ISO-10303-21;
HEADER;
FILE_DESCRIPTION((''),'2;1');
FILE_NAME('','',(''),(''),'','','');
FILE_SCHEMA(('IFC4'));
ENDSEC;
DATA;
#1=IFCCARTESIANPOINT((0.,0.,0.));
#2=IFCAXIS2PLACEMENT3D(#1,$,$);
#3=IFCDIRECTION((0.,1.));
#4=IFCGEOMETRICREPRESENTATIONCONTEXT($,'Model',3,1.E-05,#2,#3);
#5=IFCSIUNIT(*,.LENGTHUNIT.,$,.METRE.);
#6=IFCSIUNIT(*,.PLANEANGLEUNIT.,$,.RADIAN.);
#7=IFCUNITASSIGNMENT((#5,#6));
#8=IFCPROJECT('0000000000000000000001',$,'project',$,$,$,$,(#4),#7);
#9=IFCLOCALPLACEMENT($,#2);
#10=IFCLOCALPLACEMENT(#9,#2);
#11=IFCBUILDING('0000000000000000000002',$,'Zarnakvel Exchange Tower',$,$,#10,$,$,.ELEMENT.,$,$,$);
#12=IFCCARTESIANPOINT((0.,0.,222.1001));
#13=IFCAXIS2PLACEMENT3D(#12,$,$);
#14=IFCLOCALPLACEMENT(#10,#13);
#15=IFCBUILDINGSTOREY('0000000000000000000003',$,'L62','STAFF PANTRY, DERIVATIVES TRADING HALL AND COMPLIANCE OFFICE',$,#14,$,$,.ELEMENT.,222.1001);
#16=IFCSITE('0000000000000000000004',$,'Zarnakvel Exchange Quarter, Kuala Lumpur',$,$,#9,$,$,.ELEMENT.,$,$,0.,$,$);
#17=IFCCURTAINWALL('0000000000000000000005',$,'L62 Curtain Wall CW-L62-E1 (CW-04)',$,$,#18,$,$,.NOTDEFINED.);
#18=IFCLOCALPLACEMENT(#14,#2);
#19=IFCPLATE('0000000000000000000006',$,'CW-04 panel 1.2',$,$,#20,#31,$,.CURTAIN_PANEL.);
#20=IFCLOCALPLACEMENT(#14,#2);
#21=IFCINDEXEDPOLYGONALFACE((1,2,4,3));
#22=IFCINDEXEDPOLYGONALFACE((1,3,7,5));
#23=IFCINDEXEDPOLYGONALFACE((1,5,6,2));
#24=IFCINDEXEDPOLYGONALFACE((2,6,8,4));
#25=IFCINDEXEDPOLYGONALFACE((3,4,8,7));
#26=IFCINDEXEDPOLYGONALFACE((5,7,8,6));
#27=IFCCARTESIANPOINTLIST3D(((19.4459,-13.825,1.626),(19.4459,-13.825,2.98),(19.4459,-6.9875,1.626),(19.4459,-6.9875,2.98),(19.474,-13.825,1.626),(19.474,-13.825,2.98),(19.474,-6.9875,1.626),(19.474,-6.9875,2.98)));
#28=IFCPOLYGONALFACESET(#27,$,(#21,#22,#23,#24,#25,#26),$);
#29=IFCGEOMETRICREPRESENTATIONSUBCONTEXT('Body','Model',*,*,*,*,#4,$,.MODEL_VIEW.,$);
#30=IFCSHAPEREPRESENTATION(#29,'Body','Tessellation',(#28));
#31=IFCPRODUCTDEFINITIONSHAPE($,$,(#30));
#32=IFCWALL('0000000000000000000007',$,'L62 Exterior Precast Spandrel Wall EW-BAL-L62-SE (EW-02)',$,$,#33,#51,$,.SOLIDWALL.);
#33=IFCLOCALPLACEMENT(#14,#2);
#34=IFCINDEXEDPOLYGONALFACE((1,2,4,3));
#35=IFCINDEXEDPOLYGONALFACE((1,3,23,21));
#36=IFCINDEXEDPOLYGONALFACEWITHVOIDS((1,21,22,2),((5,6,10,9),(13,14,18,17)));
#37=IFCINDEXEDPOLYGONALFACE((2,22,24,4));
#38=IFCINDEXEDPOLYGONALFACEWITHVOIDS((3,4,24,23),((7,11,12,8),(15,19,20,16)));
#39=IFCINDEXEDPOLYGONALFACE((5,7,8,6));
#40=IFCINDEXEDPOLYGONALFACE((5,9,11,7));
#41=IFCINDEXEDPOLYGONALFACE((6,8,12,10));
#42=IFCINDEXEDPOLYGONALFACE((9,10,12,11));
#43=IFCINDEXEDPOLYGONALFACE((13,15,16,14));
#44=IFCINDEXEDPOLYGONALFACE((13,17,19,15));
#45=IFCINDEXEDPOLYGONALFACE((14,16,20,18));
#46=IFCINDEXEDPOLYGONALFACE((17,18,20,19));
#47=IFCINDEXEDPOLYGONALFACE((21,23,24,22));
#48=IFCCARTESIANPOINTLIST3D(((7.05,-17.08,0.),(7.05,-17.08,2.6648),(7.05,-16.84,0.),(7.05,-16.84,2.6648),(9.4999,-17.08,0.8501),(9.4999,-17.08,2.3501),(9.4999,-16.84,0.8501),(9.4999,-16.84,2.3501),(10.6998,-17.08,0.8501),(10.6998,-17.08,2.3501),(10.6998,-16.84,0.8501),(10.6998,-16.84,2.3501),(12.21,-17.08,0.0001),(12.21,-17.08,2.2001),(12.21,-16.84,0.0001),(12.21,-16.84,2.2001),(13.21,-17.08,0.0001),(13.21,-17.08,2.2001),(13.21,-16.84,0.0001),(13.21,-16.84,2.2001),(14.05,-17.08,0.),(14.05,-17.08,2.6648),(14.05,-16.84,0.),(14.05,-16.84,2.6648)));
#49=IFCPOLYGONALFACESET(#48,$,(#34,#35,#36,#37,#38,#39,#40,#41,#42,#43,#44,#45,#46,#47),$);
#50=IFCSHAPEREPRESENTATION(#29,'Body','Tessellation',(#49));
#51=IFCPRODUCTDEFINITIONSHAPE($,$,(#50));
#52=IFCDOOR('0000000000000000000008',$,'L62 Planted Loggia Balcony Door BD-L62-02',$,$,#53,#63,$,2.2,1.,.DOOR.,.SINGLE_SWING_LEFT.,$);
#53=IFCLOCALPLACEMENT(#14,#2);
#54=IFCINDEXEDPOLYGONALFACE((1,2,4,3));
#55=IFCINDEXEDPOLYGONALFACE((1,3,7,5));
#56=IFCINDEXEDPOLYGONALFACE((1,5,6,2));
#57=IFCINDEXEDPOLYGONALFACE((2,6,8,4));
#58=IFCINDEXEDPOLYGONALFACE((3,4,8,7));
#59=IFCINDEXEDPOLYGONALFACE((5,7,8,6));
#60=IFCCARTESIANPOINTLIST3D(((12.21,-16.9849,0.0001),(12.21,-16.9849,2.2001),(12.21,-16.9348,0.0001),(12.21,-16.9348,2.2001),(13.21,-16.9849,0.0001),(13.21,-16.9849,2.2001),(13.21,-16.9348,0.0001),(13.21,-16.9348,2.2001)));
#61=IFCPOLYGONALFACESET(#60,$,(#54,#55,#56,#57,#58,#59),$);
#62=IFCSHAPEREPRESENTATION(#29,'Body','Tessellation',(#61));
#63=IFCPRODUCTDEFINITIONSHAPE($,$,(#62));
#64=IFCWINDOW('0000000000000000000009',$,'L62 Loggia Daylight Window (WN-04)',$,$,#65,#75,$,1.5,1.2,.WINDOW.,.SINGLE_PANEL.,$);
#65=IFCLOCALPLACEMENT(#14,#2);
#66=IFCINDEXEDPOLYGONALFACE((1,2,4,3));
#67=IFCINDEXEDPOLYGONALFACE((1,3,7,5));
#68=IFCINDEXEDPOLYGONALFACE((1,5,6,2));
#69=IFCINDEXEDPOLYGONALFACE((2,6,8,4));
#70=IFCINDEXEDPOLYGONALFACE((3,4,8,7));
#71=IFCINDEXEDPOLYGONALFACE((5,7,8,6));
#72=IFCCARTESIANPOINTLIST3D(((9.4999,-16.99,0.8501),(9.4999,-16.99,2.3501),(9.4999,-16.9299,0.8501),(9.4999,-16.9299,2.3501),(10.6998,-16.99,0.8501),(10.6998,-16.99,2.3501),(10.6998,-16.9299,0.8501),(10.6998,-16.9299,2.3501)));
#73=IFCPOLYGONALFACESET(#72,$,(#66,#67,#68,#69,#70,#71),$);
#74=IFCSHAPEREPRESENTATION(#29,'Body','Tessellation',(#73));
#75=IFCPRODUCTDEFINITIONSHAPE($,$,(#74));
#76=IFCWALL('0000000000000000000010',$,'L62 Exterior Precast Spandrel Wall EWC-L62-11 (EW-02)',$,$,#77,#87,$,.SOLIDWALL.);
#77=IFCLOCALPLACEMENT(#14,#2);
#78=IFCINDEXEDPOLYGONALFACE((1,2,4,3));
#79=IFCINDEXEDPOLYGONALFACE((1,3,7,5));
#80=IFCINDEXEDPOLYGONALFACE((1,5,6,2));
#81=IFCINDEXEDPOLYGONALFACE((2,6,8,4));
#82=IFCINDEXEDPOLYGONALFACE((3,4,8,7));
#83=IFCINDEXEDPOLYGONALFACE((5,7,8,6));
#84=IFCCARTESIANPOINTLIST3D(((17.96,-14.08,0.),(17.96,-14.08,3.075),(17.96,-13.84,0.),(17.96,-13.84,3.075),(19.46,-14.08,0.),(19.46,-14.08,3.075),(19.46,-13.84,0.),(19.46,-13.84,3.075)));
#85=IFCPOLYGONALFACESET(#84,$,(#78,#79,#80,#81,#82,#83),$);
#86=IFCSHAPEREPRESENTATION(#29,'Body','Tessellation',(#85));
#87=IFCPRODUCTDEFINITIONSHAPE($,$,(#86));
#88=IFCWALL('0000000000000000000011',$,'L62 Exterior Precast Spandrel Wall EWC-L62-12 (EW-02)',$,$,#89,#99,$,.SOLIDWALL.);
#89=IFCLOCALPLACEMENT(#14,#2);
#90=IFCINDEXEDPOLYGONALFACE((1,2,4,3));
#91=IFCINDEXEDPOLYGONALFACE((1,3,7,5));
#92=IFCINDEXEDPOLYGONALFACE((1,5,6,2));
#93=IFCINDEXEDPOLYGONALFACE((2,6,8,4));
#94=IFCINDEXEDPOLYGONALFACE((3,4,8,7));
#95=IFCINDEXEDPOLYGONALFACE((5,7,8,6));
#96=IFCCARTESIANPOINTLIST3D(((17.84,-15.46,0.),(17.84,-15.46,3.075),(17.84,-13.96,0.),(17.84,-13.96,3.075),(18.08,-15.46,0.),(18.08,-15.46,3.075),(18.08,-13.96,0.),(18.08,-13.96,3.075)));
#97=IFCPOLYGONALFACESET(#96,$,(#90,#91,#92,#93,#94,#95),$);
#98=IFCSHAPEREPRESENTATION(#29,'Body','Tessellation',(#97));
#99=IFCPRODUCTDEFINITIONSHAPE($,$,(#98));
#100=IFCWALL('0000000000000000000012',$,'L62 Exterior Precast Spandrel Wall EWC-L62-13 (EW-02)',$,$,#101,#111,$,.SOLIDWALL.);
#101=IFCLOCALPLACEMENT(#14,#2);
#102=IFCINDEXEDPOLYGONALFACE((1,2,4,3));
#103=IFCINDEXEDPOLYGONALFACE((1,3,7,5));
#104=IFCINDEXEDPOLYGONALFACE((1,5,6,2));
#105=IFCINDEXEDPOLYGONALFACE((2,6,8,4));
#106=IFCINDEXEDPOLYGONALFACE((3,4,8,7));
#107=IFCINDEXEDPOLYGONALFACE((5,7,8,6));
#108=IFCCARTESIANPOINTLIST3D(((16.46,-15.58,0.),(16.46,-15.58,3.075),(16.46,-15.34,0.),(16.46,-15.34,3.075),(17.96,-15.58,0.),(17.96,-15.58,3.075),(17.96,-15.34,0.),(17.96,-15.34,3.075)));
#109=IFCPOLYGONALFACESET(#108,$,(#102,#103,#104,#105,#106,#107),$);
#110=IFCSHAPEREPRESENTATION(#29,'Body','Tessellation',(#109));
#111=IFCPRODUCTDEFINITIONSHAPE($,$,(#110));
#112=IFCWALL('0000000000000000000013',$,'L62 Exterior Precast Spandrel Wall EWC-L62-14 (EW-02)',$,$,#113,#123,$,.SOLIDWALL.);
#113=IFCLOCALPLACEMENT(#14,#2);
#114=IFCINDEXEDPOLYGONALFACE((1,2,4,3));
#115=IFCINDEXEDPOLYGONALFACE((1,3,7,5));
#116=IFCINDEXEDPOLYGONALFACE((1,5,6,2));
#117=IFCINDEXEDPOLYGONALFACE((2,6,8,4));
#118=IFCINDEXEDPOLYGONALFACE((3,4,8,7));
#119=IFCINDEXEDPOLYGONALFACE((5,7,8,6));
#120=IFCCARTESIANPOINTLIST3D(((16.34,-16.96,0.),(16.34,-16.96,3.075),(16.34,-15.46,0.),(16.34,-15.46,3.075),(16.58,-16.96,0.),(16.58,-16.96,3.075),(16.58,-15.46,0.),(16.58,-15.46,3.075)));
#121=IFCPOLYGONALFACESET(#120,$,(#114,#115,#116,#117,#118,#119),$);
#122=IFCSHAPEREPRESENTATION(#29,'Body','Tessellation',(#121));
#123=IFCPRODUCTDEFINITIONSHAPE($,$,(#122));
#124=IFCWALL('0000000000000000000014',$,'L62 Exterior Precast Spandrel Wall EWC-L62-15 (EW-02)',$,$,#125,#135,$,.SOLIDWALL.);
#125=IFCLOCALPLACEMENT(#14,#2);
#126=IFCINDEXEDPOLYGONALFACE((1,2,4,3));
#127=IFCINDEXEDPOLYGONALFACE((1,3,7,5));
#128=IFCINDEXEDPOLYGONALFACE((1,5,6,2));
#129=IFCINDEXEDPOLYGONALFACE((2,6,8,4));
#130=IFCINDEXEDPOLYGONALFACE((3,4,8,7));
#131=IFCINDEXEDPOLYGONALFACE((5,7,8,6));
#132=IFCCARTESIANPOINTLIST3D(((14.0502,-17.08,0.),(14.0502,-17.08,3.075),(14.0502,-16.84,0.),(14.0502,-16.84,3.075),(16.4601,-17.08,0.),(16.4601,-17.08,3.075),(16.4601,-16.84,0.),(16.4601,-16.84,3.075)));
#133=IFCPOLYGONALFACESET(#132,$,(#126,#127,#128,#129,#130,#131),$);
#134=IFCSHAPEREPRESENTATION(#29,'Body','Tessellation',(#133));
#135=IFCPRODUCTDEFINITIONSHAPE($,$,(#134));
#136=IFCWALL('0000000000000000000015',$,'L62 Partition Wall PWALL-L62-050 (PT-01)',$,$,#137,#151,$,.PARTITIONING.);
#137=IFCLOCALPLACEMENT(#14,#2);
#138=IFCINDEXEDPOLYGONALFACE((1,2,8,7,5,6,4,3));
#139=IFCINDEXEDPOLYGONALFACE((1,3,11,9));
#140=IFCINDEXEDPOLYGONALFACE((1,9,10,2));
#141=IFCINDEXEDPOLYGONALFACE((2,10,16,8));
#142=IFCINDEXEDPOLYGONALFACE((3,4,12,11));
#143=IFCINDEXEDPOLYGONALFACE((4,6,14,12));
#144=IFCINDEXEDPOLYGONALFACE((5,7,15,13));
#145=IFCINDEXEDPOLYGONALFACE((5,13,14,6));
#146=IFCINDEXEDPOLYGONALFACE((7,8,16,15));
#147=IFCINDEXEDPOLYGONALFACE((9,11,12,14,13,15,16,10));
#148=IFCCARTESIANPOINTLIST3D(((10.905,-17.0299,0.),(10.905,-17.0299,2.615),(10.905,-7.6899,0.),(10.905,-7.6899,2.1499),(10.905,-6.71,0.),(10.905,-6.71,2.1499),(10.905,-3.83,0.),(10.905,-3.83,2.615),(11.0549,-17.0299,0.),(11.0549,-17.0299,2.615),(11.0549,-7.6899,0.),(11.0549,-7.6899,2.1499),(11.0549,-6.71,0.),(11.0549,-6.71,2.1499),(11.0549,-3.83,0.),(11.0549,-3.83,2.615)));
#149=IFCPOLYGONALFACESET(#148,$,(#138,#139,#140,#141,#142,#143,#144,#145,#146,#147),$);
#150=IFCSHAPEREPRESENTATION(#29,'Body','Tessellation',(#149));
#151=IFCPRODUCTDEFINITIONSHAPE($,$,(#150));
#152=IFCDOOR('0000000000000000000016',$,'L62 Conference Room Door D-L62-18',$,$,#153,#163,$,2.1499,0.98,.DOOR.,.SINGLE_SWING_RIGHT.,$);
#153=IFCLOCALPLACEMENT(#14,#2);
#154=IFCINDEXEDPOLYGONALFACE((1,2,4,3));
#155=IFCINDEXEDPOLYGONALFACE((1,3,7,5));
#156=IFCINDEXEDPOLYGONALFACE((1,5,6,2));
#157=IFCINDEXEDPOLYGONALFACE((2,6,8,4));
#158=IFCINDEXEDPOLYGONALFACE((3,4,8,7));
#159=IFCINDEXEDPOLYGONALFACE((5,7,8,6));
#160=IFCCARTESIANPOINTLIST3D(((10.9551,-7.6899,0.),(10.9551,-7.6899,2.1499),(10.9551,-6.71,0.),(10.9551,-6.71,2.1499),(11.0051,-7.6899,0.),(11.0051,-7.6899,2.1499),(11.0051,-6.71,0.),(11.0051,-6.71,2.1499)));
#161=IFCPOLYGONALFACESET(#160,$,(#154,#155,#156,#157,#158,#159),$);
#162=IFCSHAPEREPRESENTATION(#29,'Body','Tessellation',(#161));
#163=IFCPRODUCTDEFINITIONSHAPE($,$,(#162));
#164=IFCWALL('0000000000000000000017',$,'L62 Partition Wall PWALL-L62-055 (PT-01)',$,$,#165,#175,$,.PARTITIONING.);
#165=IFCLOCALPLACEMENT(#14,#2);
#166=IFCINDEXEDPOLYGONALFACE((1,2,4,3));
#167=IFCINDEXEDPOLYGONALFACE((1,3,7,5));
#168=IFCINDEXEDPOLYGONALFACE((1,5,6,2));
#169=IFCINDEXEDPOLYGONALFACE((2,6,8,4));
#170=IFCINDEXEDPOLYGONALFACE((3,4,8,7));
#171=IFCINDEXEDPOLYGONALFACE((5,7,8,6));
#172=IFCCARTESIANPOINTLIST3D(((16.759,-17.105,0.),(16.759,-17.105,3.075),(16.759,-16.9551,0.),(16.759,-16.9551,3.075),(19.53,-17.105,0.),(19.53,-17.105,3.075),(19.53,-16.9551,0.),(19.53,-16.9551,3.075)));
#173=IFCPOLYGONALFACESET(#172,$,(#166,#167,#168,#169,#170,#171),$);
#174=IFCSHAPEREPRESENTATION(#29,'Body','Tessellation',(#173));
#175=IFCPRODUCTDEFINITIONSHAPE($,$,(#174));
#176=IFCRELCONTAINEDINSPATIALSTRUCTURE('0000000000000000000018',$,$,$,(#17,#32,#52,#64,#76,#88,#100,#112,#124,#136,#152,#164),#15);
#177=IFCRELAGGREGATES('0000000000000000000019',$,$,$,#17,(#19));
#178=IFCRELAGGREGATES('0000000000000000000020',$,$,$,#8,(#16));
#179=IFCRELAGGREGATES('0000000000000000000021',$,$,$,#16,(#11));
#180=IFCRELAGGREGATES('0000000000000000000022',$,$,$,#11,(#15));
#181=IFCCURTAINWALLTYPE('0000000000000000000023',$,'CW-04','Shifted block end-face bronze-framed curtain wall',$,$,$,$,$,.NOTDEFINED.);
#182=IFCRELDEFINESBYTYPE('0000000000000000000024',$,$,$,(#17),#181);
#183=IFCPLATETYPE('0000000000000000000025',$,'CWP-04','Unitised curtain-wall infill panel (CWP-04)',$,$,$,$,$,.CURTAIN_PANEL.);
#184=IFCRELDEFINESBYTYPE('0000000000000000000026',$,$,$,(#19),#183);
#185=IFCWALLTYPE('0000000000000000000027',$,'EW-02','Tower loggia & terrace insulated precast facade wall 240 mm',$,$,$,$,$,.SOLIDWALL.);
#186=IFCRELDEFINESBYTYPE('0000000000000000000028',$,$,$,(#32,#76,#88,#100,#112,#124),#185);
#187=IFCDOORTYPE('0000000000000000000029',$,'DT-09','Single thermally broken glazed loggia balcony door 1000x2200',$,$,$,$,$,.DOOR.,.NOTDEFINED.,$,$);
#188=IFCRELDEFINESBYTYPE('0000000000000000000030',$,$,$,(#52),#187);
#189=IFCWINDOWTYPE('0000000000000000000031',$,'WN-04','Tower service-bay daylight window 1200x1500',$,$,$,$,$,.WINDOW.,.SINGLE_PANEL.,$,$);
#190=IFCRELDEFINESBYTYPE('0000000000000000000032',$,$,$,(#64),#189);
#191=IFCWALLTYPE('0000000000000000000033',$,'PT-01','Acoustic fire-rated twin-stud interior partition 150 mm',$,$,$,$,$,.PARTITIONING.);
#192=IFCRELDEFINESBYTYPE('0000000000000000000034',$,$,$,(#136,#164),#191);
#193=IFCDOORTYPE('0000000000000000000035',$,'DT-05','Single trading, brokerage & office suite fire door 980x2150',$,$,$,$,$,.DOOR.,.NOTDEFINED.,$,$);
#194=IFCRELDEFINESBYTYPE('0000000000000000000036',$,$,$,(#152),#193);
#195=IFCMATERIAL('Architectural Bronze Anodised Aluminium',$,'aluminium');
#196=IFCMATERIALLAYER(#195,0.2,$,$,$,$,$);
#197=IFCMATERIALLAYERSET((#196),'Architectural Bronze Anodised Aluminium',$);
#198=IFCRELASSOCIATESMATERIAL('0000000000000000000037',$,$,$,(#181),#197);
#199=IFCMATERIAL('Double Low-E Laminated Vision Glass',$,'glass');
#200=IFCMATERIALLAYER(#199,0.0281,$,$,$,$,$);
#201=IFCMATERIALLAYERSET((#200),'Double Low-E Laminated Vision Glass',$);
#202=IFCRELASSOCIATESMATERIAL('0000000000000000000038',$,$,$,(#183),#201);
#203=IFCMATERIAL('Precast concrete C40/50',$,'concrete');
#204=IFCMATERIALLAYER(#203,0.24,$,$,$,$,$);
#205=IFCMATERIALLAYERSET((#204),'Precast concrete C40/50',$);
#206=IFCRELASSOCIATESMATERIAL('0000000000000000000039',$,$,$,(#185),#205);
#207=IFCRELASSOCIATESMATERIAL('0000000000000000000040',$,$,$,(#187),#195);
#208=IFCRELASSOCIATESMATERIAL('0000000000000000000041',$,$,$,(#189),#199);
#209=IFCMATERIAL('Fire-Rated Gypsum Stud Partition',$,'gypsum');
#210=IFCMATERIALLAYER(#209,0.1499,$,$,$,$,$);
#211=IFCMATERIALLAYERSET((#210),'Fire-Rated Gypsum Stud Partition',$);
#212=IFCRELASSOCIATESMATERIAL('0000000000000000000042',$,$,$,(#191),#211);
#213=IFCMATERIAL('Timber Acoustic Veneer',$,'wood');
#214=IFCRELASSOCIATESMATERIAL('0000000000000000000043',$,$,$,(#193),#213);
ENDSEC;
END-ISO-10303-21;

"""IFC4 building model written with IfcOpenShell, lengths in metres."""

from ifc_helpers import new_model, si_unit, direction, frame, frame_2d, origin, origin_2d, place, context, subcontext, project, spatial, rectangle, extrude, source, transform, mapped, material, layer, layer_set, type_object, element, fill, aggregate, save


model = new_model("IFC4")

# Units and contexts
model_context = context("Model", 3, precision=1e-05, world=origin(), true_north=direction((0.0, 1.0)))
body_context = subcontext(model_context, "Body", "Model", "MODEL_VIEW")
ifc_project = project(units=[si_unit("LENGTHUNIT", "METRE"), si_unit("PLANEANGLEUNIT", "RADIAN")], contexts=[model_context])

# Site, building, storey
site_placement = place(None, origin())
site = spatial("IfcSite", under=ifc_project, at=site_placement, Name="Zarnakvel Exchange Quarter, Kuala Lumpur", CompositionType="ELEMENT", RefElevation=0.0)
building_placement = place(site_placement, origin())
building = spatial("IfcBuilding", under=site, at=building_placement, Name="Zarnakvel Exchange Tower", CompositionType="ELEMENT")
storey_placement = place(building_placement, frame((0.0, 0.0, 222.1001)))
storey = spatial("IfcBuildingStorey", under=building, at=storey_placement, Name="L62", Description="STAFF PANTRY, DERIVATIVES TRADING HALL AND COMPLIANCE OFFICE", CompositionType="ELEMENT", Elevation=222.1001)

# Curtain wall, plate
ifc_material_1 = material(Name="Architectural Bronze Anodised Aluminium", Category="aluminium")
ifc_layer_1 = layer(ifc_material_1, 0.2)
ifc_layer_set_1 = layer_set([ifc_layer_1], Name="Architectural Bronze Anodised Aluminium")
curtain_wall_type = type_object("IfcCurtainWallType", Name="CW-04", Description="Shifted block end-face bronze-framed curtain wall", PredefinedType="NOTDEFINED", material=ifc_layer_set_1)
curtain_wall_placement = place(storey_placement, origin())
curtain_wall = element("IfcCurtainWall", 1, at=curtain_wall_placement, inside=storey, type_object=curtain_wall_type, Name="L62 Curtain Wall CW-L62-E1 (CW-04)", PredefinedType="NOTDEFINED")
ifc_material_2 = material(Name="Double Low-E Laminated Vision Glass", Category="glass")
ifc_layer_2 = layer(ifc_material_2, 0.0281)
ifc_layer_set_2 = layer_set([ifc_layer_2], Name="Double Low-E Laminated Vision Glass")
plate_type = type_object("IfcPlateType", Name="CWP-04", Description="Unitised curtain-wall infill panel (CWP-04)", PredefinedType="CURTAIN_PANEL", material=ifc_layer_set_2)
shared_shape_1 = source(origin(), body_context, "Body", "SweptSolid", [
    extrude(rectangle(XDim=6.8374, YDim=0.0281, at=origin_2d()), origin(), (0.0, 0.0, 1.0), 1.354),
])
plate_1_placement = place(storey_placement, frame((19.46, -10.4062, 1.626), z_axis=(0.0, 0.0, 1.0), x_axis=(0.0, 1.0, 0.0)))
plate_1 = element("IfcPlate", 2, at=plate_1_placement, type_object=plate_type, Name="CW-04 panel 1.2", PredefinedType="CURTAIN_PANEL", context=body_context, shape_type="MappedRepresentation", body=[
    mapped(shared_shape_1, transform((0.0, 0.0, 0.0), x_axis=(1.0, 0.0, 0.0), y_axis=(0.0, 1.0, 0.0), z_axis=(0.0, 0.0, 1.0), scale=1.0)),
])
aggregate(curtain_wall, [plate_1])

# Wall, openings, door, window
ifc_material_3 = material(Name="Precast concrete C40/50", Category="concrete")
ifc_layer_3 = layer(ifc_material_3, 0.24)
ifc_layer_set_3 = layer_set([ifc_layer_3], Name="Precast concrete C40/50")
wall_type_1 = type_object("IfcWallType", Name="EW-02", Description="Tower loggia & terrace insulated precast facade wall 240 mm", PredefinedType="SOLIDWALL", material=ifc_layer_set_3)
wall_1_placement = place(storey_placement, frame((14.05, -16.96, 0.0), z_axis=(0.0, 0.0, 1.0), x_axis=(-1.0, 0.0, 0.0)))
wall_1 = element("IfcWall", 3, at=wall_1_placement, inside=storey, type_object=wall_type_1, Name="L62 Exterior Precast Spandrel Wall EW-BAL-L62-SE (EW-02)", PredefinedType="SOLIDWALL", context=body_context, shape_type="SweptSolid", body=[
    extrude(rectangle(XDim=7.0, YDim=0.24, at=frame_2d((3.5, 0.0))), origin(), (0.0, 0.0, 1.0), 2.6648),
])
opening_1_placement = place(wall_1_placement, frame((0.8401, 0.0, 0.0)))
opening_1 = element("IfcOpeningElement", 4, at=opening_1_placement, cuts=wall_1, PredefinedType="OPENING", context=body_context, shape_type="SweptSolid", body=[
    extrude(rectangle(XDim=1.0, YDim=2.2, at=frame_2d((0.5, 1.1001))), frame((0.0, 0.1299, 0.0), z_axis=(0.0, -1.0, 0.0), x_axis=(1.0, 0.0, 0.0)), (0.0, 0.0, 1.0), 0.26),
])
opening_2_placement = place(wall_1_placement, frame((3.3501, 0.0, 0.8501)))
opening_2 = element("IfcOpeningElement", 5, at=opening_2_placement, cuts=wall_1, PredefinedType="OPENING", context=body_context, shape_type="SweptSolid", body=[
    extrude(rectangle(XDim=1.2, YDim=1.5, at=frame_2d((0.6001, 0.75))), frame((0.0, 0.1299, 0.0), z_axis=(0.0, -1.0, 0.0), x_axis=(1.0, 0.0, 0.0)), (0.0, 0.0, 1.0), 0.26),
])
door_type_1 = type_object("IfcDoorType", Name="DT-09", Description="Single thermally broken glazed loggia balcony door 1000x2200", OperationType="NOTDEFINED", PredefinedType="DOOR", material=ifc_material_1)
shared_shape_2 = source(origin(), body_context, "Body", "SweptSolid", [
    extrude(rectangle(XDim=1.0, YDim=2.2, at=frame_2d((0.5, 1.1001))), frame((0.0, 0.0249, 0.0), z_axis=(0.0, -1.0, 0.0), x_axis=(1.0, 0.0, 0.0)), (0.0, 0.0, 1.0), 0.05),
])
door_1_placement = place(opening_1_placement, origin())
door_1 = element("IfcDoor", 6, at=door_1_placement, inside=storey, type_object=door_type_1, Name="L62 Planted Loggia Balcony Door BD-L62-02", OperationType="SINGLE_SWING_LEFT", OverallHeight=2.2, OverallWidth=1.0, PredefinedType="DOOR", context=body_context, shape_type="MappedRepresentation", body=[
    mapped(shared_shape_2, transform((0.0, 0.0, 0.0), x_axis=(1.0, 0.0, 0.0), y_axis=(0.0, 1.0, 0.0), z_axis=(0.0, 0.0, 1.0), scale=1.0)),
])
fill(opening_1, door_1)
window_type = type_object("IfcWindowType", Name="WN-04", Description="Tower service-bay daylight window 1200x1500", PartitioningType="SINGLE_PANEL", PredefinedType="WINDOW", material=ifc_material_2)
shared_shape_3 = source(origin(), body_context, "Body", "SweptSolid", [
    extrude(rectangle(XDim=1.2, YDim=1.5, at=frame_2d((0.6001, 0.75))), frame((0.0, 0.03, 0.0), z_axis=(0.0, -1.0, 0.0), x_axis=(1.0, 0.0, 0.0)), (0.0, 0.0, 1.0), 0.0601),
])
window_placement = place(opening_2_placement, origin())
window = element("IfcWindow", 7, at=window_placement, inside=storey, type_object=window_type, Name="L62 Loggia Daylight Window (WN-04)", OverallHeight=1.5, OverallWidth=1.2, PartitioningType="SINGLE_PANEL", PredefinedType="WINDOW", context=body_context, shape_type="MappedRepresentation", body=[
    mapped(shared_shape_3, transform((0.0, 0.0, 0.0), x_axis=(1.0, 0.0, 0.0), y_axis=(0.0, 1.0, 0.0), z_axis=(0.0, 0.0, 1.0), scale=1.0)),
])
fill(opening_2, window)

# Walls
for number, where, z_axis, x_axis, name in (
    (8, (17.96, -13.96, 0.0), (0.0, 0.0, 1.0), (1.0, 0.0, 0.0), "L62 Exterior Precast Spandrel Wall EWC-L62-11 (EW-02)"),
    (9, (17.96, -15.46, 0.0), (0.0, 0.0, 1.0), (0.0, 1.0, 0.0), "L62 Exterior Precast Spandrel Wall EWC-L62-12 (EW-02)"),
    (10, (16.46, -15.46, 0.0), (0.0, 0.0, 1.0), (1.0, 0.0, 0.0), "L62 Exterior Precast Spandrel Wall EWC-L62-13 (EW-02)"),
    (11, (16.46, -16.96, 0.0), (0.0, 0.0, 1.0), (0.0, 1.0, 0.0), "L62 Exterior Precast Spandrel Wall EWC-L62-14 (EW-02)"),
):
    element("IfcWall", number, at=place(storey_placement, frame(where, z_axis=z_axis, x_axis=x_axis)), inside=storey, type_object=wall_type_1, Name=name, PredefinedType="SOLIDWALL", context=body_context, shape_type="SweptSolid", body=[
        extrude(rectangle(XDim=1.5, YDim=0.24, at=frame_2d((0.75, 0.0))), origin(), (0.0, 0.0, 1.0), 3.075),
    ])
wall_2_placement = place(storey_placement, frame((14.05, -16.96, 0.0), z_axis=(0.0, 0.0, 1.0), x_axis=(1.0, 0.0, 0.0)))
element("IfcWall", 12, at=wall_2_placement, inside=storey, type_object=wall_type_1, Name="L62 Exterior Precast Spandrel Wall EWC-L62-15 (EW-02)", PredefinedType="SOLIDWALL", context=body_context, shape_type="SweptSolid", body=[
    extrude(rectangle(XDim=2.4099, YDim=0.24, at=frame_2d((1.2051, 0.0))), origin(), (0.0, 0.0, 1.0), 3.075),
])

# Wall, opening, door
ifc_material_4 = material(Name="Fire-Rated Gypsum Stud Partition", Category="gypsum")
ifc_layer_4 = layer(ifc_material_4, 0.1499)
ifc_layer_set_4 = layer_set([ifc_layer_4], Name="Fire-Rated Gypsum Stud Partition")
wall_type_2 = type_object("IfcWallType", Name="PT-01", Description="Acoustic fire-rated twin-stud interior partition 150 mm", PredefinedType="PARTITIONING", material=ifc_layer_set_4)
wall_3_placement = place(storey_placement, frame((10.98, -17.03, 0.0), z_axis=(0.0, 0.0, 1.0), x_axis=(0.0, 1.0, 0.0)))
wall_3 = element("IfcWall", 13, at=wall_3_placement, inside=storey, type_object=wall_type_2, Name="L62 Partition Wall PWALL-L62-050 (PT-01)", PredefinedType="PARTITIONING", context=body_context, shape_type="SweptSolid", body=[
    extrude(rectangle(XDim=13.2, YDim=0.1499, at=frame_2d((6.6001, 0.0))), origin(), (0.0, 0.0, 1.0), 2.615),
])
opening_3_placement = place(wall_3_placement, frame((9.3401, 0.0, 0.0)))
opening_3 = element("IfcOpeningElement", 14, at=opening_3_placement, cuts=wall_3, PredefinedType="OPENING", context=body_context, shape_type="SweptSolid", body=[
    extrude(rectangle(XDim=0.98, YDim=2.1499, at=frame_2d((0.49, 1.075))), frame((0.0, 0.085, 0.0), z_axis=(0.0, -1.0, 0.0), x_axis=(1.0, 0.0, 0.0)), (0.0, 0.0, 1.0), 0.1699),
])
ifc_material_5 = material(Name="Timber Acoustic Veneer", Category="wood")
door_type_2 = type_object("IfcDoorType", Name="DT-05", Description="Single trading, brokerage & office suite fire door 980x2150", OperationType="NOTDEFINED", PredefinedType="DOOR", material=ifc_material_5)
shared_shape_4 = source(origin(), body_context, "Body", "SweptSolid", [
    extrude(rectangle(XDim=0.98, YDim=2.1499, at=frame_2d((0.49, 1.075))), frame((0.0, 0.0249, 0.0), z_axis=(0.0, -1.0, 0.0), x_axis=(1.0, 0.0, 0.0)), (0.0, 0.0, 1.0), 0.05),
])
door_2_placement = place(opening_3_placement, origin())
door_2 = element("IfcDoor", 15, at=door_2_placement, inside=storey, type_object=door_type_2, Name="L62 Conference Room Door D-L62-18", OperationType="SINGLE_SWING_RIGHT", OverallHeight=2.1499, OverallWidth=0.98, PredefinedType="DOOR", context=body_context, shape_type="MappedRepresentation", body=[
    mapped(shared_shape_4, transform((0.0, 0.0, 0.0), x_axis=(1.0, 0.0, 0.0), y_axis=(0.0, 1.0, 0.0), z_axis=(0.0, 0.0, 1.0), scale=1.0)),
])
fill(opening_3, door_2)

# Wall
wall_4_placement = place(storey_placement, frame((19.53, -17.03, 0.0), z_axis=(0.0, 0.0, 1.0), x_axis=(-1.0, 0.0, 0.0)))
element("IfcWall", 16, at=wall_4_placement, inside=storey, type_object=wall_type_2, Name="L62 Partition Wall PWALL-L62-055 (PT-01)", PredefinedType="PARTITIONING", context=body_context, shape_type="SweptSolid", body=[
    extrude(rectangle(XDim=2.771, YDim=0.1499, at=frame_2d((1.3855, 0.0))), origin(), (0.0, 0.0, 1.0), 3.075),
])

save(model, "model.ifc")
